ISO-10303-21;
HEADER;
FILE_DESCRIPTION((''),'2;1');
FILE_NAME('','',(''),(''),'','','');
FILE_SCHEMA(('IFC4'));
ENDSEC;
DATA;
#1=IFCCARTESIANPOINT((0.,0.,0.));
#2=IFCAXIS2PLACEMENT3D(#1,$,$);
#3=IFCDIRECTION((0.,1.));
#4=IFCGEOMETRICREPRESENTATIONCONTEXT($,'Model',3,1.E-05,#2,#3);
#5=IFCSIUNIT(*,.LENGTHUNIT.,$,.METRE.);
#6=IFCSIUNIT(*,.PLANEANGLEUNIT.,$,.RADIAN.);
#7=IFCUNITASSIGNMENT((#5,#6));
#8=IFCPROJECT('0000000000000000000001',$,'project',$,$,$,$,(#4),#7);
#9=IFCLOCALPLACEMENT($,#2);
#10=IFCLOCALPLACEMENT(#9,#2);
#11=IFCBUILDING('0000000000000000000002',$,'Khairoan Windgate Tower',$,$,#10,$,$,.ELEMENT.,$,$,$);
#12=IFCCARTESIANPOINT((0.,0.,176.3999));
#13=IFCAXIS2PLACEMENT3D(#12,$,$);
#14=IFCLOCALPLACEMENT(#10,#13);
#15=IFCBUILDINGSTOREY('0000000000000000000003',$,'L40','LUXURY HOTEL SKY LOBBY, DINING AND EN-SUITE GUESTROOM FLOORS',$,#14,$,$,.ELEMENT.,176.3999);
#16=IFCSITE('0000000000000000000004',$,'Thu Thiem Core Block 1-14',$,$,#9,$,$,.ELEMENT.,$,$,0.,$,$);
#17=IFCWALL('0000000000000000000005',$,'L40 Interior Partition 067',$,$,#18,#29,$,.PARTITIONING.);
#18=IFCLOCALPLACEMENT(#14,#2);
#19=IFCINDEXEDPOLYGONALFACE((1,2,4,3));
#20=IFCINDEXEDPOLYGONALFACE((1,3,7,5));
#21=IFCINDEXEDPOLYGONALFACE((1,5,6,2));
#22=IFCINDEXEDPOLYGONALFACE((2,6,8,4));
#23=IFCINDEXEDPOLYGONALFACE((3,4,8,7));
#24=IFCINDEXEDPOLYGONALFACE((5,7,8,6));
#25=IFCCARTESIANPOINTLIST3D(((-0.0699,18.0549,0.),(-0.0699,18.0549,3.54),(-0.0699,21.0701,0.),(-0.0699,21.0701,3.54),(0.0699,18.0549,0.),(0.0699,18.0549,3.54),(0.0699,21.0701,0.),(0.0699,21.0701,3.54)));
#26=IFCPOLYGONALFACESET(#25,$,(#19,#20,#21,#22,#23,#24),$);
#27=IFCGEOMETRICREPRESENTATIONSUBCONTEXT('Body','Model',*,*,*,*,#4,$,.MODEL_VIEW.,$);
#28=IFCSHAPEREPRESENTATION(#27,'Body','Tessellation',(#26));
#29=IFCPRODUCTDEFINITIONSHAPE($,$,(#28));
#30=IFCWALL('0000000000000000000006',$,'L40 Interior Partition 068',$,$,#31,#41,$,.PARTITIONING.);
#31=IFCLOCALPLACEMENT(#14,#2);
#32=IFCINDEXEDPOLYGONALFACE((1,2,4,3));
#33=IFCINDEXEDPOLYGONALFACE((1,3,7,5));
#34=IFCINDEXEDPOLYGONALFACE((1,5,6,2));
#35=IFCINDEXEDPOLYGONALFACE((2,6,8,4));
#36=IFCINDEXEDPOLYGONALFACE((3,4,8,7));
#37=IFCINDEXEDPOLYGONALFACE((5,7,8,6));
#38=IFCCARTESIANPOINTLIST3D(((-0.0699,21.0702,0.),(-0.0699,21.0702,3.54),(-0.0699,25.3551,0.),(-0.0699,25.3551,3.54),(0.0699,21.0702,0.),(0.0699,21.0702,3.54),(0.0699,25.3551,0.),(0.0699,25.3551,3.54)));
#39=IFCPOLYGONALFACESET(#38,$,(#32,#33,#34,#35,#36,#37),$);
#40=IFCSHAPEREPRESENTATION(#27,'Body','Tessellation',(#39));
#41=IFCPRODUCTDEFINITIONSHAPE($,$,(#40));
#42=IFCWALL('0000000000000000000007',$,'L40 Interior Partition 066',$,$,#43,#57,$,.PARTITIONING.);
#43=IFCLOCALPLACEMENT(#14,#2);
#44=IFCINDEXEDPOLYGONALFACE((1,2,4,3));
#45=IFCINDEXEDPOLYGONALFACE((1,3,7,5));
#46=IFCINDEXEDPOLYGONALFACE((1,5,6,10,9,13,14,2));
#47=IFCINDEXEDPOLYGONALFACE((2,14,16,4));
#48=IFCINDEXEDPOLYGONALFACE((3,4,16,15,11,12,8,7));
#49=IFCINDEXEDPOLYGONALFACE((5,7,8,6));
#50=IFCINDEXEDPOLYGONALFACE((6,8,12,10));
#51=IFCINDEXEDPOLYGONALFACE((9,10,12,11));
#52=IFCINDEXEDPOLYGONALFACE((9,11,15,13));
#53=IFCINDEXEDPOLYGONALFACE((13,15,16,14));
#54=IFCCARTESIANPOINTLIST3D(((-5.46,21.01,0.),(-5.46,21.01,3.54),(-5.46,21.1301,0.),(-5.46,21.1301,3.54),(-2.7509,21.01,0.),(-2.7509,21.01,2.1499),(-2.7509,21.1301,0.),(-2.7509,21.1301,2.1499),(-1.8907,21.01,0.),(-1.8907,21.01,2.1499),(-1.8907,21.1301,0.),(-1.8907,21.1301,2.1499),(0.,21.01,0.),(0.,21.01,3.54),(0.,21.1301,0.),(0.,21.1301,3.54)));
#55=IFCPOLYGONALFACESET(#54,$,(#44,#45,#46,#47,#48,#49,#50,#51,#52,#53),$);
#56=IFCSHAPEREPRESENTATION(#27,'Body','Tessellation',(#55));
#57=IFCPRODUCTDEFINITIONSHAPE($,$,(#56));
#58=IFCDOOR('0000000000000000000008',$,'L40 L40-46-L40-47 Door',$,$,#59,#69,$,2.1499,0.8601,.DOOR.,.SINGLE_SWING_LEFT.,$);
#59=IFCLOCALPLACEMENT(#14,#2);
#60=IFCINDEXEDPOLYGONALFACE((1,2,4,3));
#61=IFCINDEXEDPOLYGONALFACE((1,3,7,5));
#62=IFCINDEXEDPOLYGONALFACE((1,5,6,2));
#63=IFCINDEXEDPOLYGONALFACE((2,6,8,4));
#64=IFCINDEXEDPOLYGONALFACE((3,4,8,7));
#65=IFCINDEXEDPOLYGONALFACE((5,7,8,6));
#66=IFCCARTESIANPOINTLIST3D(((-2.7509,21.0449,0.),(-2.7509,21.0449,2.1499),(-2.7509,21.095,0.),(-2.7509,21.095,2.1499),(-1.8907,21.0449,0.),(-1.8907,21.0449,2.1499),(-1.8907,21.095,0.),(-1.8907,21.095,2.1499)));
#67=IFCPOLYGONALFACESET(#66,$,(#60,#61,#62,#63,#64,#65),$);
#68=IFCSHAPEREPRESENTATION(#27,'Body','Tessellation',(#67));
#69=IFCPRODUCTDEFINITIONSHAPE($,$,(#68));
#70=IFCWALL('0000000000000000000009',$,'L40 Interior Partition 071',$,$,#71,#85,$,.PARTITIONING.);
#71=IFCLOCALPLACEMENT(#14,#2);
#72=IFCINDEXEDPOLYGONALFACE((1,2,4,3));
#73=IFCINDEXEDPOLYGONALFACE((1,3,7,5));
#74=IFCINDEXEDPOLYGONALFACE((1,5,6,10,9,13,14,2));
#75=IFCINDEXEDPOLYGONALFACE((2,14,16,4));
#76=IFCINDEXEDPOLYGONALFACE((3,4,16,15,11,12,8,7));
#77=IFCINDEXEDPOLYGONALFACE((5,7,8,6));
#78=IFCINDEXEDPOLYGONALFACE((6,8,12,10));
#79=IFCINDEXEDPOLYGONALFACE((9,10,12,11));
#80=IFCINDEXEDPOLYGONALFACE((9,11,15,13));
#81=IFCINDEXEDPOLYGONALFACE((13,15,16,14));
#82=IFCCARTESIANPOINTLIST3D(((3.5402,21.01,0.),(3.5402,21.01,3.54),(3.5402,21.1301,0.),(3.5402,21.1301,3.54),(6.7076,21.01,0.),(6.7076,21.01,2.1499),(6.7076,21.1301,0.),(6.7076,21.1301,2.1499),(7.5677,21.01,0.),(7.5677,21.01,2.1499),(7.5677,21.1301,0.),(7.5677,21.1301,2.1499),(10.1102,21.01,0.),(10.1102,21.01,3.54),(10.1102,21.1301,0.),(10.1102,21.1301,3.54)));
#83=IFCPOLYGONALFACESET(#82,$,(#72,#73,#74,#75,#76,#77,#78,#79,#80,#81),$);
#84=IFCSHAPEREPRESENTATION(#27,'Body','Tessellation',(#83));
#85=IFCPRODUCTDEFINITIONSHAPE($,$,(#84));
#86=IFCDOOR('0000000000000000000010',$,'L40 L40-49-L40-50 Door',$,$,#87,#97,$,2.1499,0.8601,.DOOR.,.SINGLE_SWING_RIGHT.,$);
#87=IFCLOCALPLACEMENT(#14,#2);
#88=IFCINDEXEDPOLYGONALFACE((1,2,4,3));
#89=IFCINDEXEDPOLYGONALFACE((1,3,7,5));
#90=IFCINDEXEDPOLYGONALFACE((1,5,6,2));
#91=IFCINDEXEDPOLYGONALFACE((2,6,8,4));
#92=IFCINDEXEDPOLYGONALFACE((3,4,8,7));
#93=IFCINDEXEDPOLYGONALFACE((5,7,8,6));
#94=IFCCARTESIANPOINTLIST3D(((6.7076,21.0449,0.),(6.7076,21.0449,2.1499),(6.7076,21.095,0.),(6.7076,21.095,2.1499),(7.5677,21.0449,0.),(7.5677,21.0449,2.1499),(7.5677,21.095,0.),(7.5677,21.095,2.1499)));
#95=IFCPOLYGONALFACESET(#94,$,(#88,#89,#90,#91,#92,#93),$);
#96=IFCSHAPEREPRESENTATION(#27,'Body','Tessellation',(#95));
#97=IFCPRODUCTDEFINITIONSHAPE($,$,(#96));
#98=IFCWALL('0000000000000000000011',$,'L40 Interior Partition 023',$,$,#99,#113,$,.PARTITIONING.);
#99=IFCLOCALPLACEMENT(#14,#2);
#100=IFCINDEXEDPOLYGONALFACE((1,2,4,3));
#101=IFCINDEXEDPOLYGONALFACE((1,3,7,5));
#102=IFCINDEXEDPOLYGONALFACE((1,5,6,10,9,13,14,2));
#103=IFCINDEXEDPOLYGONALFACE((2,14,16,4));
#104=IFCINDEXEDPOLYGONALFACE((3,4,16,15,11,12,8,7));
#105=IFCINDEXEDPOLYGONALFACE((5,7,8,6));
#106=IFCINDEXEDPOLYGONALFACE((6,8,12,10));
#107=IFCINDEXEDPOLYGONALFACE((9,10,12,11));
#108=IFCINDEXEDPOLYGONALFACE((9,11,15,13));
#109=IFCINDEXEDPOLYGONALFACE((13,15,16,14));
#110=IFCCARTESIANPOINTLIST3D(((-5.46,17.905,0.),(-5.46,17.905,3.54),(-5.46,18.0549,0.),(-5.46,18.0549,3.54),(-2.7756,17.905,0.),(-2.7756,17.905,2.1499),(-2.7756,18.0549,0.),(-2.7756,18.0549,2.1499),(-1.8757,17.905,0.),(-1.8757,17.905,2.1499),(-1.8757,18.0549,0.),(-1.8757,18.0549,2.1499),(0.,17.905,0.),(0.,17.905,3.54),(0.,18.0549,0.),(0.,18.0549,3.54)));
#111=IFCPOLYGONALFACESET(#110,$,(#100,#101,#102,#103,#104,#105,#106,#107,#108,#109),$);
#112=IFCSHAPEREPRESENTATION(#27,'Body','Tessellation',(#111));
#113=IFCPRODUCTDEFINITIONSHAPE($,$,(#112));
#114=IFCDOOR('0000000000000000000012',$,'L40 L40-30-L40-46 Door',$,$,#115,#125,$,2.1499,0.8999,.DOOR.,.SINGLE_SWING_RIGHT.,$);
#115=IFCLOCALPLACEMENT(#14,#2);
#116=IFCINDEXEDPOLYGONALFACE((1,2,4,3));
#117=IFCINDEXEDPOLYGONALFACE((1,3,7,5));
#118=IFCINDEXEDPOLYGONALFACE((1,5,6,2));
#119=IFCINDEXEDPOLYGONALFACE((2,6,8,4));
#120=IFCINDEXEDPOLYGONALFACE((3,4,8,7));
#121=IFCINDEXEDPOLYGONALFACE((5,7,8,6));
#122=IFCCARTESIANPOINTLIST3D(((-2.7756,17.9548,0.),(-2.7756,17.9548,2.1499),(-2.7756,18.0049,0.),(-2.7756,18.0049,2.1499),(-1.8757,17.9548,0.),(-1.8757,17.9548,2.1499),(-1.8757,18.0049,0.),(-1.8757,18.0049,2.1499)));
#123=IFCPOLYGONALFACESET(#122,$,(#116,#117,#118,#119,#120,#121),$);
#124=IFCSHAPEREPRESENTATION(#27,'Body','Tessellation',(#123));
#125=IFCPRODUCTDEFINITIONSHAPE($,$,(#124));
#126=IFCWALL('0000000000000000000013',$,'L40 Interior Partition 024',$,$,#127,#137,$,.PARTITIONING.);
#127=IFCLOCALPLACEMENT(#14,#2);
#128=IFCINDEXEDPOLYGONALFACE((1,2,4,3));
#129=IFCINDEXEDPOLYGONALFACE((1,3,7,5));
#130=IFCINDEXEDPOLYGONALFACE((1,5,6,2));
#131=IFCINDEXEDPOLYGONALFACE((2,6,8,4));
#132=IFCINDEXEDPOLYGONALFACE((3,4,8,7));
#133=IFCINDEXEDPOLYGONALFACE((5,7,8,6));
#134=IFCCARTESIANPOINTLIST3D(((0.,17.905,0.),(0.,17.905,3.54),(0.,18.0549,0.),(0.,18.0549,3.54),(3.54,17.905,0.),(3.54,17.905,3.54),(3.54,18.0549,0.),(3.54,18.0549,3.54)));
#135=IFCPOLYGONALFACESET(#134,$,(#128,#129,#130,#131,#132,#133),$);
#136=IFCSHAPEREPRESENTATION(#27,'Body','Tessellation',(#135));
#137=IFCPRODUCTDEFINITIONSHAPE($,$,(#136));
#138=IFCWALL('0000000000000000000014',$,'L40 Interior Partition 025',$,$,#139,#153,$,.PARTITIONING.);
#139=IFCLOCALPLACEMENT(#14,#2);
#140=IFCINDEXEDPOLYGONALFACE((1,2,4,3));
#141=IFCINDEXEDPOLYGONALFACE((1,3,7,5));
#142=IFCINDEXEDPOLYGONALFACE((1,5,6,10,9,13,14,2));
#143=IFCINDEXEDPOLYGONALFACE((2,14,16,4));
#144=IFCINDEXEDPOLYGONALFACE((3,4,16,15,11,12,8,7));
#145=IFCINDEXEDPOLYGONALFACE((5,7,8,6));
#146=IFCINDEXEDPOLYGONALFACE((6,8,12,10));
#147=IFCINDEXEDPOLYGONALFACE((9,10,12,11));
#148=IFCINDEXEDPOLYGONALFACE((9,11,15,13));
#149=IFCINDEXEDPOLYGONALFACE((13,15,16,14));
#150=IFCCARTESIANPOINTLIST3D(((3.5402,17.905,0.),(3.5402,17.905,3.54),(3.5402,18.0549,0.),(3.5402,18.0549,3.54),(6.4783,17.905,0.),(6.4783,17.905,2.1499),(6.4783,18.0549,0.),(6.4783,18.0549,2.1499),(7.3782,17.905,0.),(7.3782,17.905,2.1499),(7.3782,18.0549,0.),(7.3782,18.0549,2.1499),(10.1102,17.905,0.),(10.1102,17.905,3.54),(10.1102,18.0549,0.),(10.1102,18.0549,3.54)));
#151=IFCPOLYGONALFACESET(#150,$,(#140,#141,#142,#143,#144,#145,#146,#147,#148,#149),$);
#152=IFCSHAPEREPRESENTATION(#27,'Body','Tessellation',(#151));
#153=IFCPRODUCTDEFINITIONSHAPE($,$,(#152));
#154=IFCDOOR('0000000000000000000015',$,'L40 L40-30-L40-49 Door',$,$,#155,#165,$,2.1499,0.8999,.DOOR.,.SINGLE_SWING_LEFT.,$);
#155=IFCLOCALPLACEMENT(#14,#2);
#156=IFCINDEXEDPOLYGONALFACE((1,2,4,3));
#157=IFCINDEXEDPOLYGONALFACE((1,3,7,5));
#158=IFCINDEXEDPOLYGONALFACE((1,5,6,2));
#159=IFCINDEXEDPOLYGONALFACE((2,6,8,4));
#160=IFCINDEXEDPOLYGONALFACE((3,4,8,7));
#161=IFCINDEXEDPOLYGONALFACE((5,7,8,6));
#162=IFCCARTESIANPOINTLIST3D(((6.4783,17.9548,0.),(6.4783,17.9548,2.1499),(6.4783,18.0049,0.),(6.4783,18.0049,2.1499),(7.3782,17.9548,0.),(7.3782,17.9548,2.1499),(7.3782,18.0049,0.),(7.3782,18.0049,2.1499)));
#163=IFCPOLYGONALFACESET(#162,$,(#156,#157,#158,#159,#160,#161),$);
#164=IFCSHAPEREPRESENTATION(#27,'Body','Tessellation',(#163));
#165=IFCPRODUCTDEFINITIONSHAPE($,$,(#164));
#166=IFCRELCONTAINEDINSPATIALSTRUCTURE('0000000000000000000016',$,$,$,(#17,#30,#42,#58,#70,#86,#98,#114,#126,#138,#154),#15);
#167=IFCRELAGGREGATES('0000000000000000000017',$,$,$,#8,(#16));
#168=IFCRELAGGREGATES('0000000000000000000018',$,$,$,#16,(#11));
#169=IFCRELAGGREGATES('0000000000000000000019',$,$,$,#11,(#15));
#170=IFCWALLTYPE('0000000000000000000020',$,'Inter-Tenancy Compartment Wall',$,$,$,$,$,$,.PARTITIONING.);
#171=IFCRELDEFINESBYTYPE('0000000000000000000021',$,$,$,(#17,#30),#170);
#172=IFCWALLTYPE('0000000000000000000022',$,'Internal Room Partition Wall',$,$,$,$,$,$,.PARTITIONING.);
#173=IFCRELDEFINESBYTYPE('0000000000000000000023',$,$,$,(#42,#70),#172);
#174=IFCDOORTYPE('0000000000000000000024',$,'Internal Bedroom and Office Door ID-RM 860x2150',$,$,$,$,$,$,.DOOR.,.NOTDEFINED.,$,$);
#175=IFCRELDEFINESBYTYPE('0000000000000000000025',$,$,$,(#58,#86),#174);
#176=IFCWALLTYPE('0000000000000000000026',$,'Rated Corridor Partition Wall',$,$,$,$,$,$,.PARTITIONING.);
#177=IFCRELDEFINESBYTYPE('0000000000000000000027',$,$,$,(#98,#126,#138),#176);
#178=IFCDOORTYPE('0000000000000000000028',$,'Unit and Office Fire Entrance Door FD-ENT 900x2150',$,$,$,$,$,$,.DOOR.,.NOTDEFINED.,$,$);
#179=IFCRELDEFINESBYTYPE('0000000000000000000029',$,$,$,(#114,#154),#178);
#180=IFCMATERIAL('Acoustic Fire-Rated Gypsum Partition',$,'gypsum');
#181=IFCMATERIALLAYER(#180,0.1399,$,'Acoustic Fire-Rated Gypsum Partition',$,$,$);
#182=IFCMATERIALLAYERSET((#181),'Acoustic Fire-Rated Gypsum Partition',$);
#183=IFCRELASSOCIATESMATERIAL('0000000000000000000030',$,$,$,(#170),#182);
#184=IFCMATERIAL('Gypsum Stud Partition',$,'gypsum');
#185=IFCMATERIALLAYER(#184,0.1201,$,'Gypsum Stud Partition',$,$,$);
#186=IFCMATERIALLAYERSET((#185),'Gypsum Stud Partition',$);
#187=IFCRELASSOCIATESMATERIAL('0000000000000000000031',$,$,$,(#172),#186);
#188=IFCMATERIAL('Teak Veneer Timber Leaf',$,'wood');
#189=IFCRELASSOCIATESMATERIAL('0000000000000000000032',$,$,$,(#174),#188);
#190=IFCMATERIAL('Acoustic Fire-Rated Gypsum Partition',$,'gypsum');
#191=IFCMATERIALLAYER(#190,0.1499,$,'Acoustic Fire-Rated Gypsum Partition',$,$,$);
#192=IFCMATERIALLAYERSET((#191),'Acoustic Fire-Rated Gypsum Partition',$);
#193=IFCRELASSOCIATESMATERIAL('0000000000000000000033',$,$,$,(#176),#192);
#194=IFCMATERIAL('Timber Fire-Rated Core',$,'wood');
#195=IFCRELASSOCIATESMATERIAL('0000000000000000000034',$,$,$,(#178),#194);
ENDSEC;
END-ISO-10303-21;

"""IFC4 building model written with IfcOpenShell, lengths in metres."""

from ifc_helpers import new_model, si_unit, direction, frame, frame_2d, origin, place, context, subcontext, project, spatial, rectangle, extrude, material, layer, layer_set, type_object, element, fill, save


model = new_model("IFC4")

# Units and contexts
model_context = context("Model", 3, precision=1e-05, world=origin(), true_north=direction((0.0, 1.0)))
body_context = subcontext(model_context, "Body", "Model", "MODEL_VIEW")
ifc_project = project(units=[si_unit("LENGTHUNIT", "METRE"), si_unit("PLANEANGLEUNIT", "RADIAN")], contexts=[model_context])

# Site, building, storey
site_placement = place(None, origin())
site = spatial("IfcSite", under=ifc_project, at=site_placement, Name="Thu Thiem Core Block 1-14", CompositionType="ELEMENT", RefElevation=0.0)
building_placement = place(site_placement, origin())
building = spatial("IfcBuilding", under=site, at=building_placement, Name="Khairoan Windgate Tower", CompositionType="ELEMENT")
storey_placement = place(building_placement, frame((0.0, 0.0, 176.3999)))
storey = spatial("IfcBuildingStorey", under=building, at=storey_placement, Name="L40", Description="LUXURY HOTEL SKY LOBBY, DINING AND EN-SUITE GUESTROOM FLOORS", CompositionType="ELEMENT", Elevation=176.3999)

# Walls
ifc_material_1 = material(Name="Acoustic Fire-Rated Gypsum Partition", Category="gypsum")
ifc_layer_1 = layer(ifc_material_1, 0.1399, Name="Acoustic Fire-Rated Gypsum Partition")
ifc_layer_set_1 = layer_set([ifc_layer_1], Name="Acoustic Fire-Rated Gypsum Partition")
wall_type_1 = type_object("IfcWallType", Name="Inter-Tenancy Compartment Wall", PredefinedType="PARTITIONING", material=ifc_layer_set_1)
wall_1_placement = place(storey_placement, frame((0.0, 18.0549, 0.0), z_axis=(0.0, 0.0, 1.0), x_axis=(0.0, 1.0, 0.0)))
element("IfcWall", 1, at=wall_1_placement, inside=storey, type_object=wall_type_1, Name="L40 Interior Partition 067", PredefinedType="PARTITIONING", context=body_context, shape_type="SweptSolid", body=[
    extrude(rectangle(XDim=3.0151, YDim=0.1399, at=frame_2d((1.5076, 0.0))), origin(), (0.0, 0.0, 1.0), 3.54),
])
wall_2_placement = place(storey_placement, frame((0.0, 21.0701, 0.0), z_axis=(0.0, 0.0, 1.0), x_axis=(0.0, 1.0, 0.0)))
element("IfcWall", 2, at=wall_2_placement, inside=storey, type_object=wall_type_1, Name="L40 Interior Partition 068", PredefinedType="PARTITIONING", context=body_context, shape_type="SweptSolid", body=[
    extrude(rectangle(XDim=4.2849, YDim=0.1399, at=frame_2d((2.1426, 0.0))), origin(), (0.0, 0.0, 1.0), 3.54),
])

# Walls, openings, doors
ifc_material_2 = material(Name="Gypsum Stud Partition", Category="gypsum")
ifc_layer_2 = layer(ifc_material_2, 0.1201, Name="Gypsum Stud Partition")
ifc_layer_set_2 = layer_set([ifc_layer_2], Name="Gypsum Stud Partition")
wall_type_2 = type_object("IfcWallType", Name="Internal Room Partition Wall", PredefinedType="PARTITIONING", material=ifc_layer_set_2)
wall_3_placement = place(storey_placement, frame((-5.46, 21.0701, 0.0), z_axis=(0.0, 0.0, 1.0), x_axis=(1.0, 0.0, 0.0)))
wall_3 = element("IfcWall", 3, at=wall_3_placement, inside=storey, type_object=wall_type_2, Name="L40 Interior Partition 066", PredefinedType="PARTITIONING", context=body_context, shape_type="SweptSolid", body=[
    extrude(rectangle(XDim=5.46, YDim=0.1201, at=frame_2d((2.73, 0.0))), origin(), (0.0, 0.0, 1.0), 3.54),
])
opening_1_placement = place(wall_3_placement, frame((2.709, 0.0, 0.0)))
opening_1 = element("IfcOpeningElement", 4, at=opening_1_placement, cuts=wall_3, PredefinedType="OPENING", context=body_context, shape_type="SweptSolid", body=[
    extrude(rectangle(XDim=0.8601, YDim=2.1499, at=frame_2d((0.4302, 1.075))), frame((0.0, 0.0701, 0.0), z_axis=(0.0, -1.0, 0.0), x_axis=(1.0, 0.0, 0.0)), (0.0, 0.0, 1.0), 0.1401),
])
ifc_material_3 = material(Name="Teak Veneer Timber Leaf", Category="wood")
door_type_1 = type_object("IfcDoorType", Name="Internal Bedroom and Office Door ID-RM 860x2150", OperationType="NOTDEFINED", PredefinedType="DOOR", material=ifc_material_3)
door_1_placement = place(opening_1_placement, origin())
door_1 = element("IfcDoor", 5, at=door_1_placement, inside=storey, type_object=door_type_1, Name="L40 L40-46-L40-47 Door", OperationType="SINGLE_SWING_LEFT", OverallHeight=2.1499, OverallWidth=0.8601, PredefinedType="DOOR", context=body_context, shape_type="SweptSolid", body=[
    extrude(rectangle(XDim=0.8601, YDim=2.1499, at=frame_2d((0.4302, 1.075))), frame((0.0, 0.0249, 0.0), z_axis=(0.0, -1.0, 0.0), x_axis=(1.0, 0.0, 0.0)), (0.0, 0.0, 1.0), 0.05),
])
fill(opening_1, door_1)
wall_4_placement = place(storey_placement, frame((3.54, 21.0701, 0.0), z_axis=(0.0, 0.0, 1.0), x_axis=(1.0, 0.0, 0.0)))
wall_4 = element("IfcWall", 6, at=wall_4_placement, inside=storey, type_object=wall_type_2, Name="L40 Interior Partition 071", PredefinedType="PARTITIONING", context=body_context, shape_type="SweptSolid", body=[
    extrude(rectangle(XDim=6.5701, YDim=0.1201, at=frame_2d((3.2852, 0.0))), origin(), (0.0, 0.0, 1.0), 3.54),
])
opening_2_placement = place(wall_4_placement, frame((3.1675, 0.0, 0.0)))
opening_2 = element("IfcOpeningElement", 7, at=opening_2_placement, cuts=wall_4, PredefinedType="OPENING", context=body_context, shape_type="SweptSolid", body=[
    extrude(rectangle(XDim=0.8601, YDim=2.1499, at=frame_2d((0.4302, 1.075))), frame((0.0, 0.0701, 0.0), z_axis=(0.0, -1.0, 0.0), x_axis=(1.0, 0.0, 0.0)), (0.0, 0.0, 1.0), 0.1401),
])
door_2_placement = place(opening_2_placement, origin())
door_2 = element("IfcDoor", 8, at=door_2_placement, inside=storey, type_object=door_type_1, Name="L40 L40-49-L40-50 Door", OperationType="SINGLE_SWING_RIGHT", OverallHeight=2.1499, OverallWidth=0.8601, PredefinedType="DOOR", context=body_context, shape_type="SweptSolid", body=[
    extrude(rectangle(XDim=0.8601, YDim=2.1499, at=frame_2d((0.4302, 1.075))), frame((0.0, 0.0249, 0.0), z_axis=(0.0, -1.0, 0.0), x_axis=(1.0, 0.0, 0.0)), (0.0, 0.0, 1.0), 0.05),
])
fill(opening_2, door_2)
ifc_material_4 = material(Name="Acoustic Fire-Rated Gypsum Partition", Category="gypsum")
ifc_layer_3 = layer(ifc_material_4, 0.1499, Name="Acoustic Fire-Rated Gypsum Partition")
ifc_layer_set_3 = layer_set([ifc_layer_3], Name="Acoustic Fire-Rated Gypsum Partition")
wall_type_3 = type_object("IfcWallType", Name="Rated Corridor Partition Wall", PredefinedType="PARTITIONING", material=ifc_layer_set_3)
wall_5_placement = place(storey_placement, frame((-5.46, 17.98, 0.0), z_axis=(0.0, 0.0, 1.0), x_axis=(1.0, 0.0, 0.0)))
wall_5 = element("IfcWall", 9, at=wall_5_placement, inside=storey, type_object=wall_type_3, Name="L40 Interior Partition 023", PredefinedType="PARTITIONING", context=body_context, shape_type="SweptSolid", body=[
    extrude(rectangle(XDim=5.46, YDim=0.1499, at=frame_2d((2.73, 0.0))), origin(), (0.0, 0.0, 1.0), 3.54),
])
opening_3_placement = place(wall_5_placement, frame((2.6843, 0.0, 0.0)))
opening_3 = element("IfcOpeningElement", 10, at=opening_3_placement, cuts=wall_5, PredefinedType="OPENING", context=body_context, shape_type="SweptSolid", body=[
    extrude(rectangle(XDim=0.8999, YDim=2.1499, at=frame_2d((0.45, 1.075))), frame((0.0, 0.085, 0.0), z_axis=(0.0, -1.0, 0.0), x_axis=(1.0, 0.0, 0.0)), (0.0, 0.0, 1.0), 0.1699),
])
ifc_material_5 = material(Name="Timber Fire-Rated Core", Category="wood")
door_type_2 = type_object("IfcDoorType", Name="Unit and Office Fire Entrance Door FD-ENT 900x2150", OperationType="NOTDEFINED", PredefinedType="DOOR", material=ifc_material_5)
door_3_placement = place(opening_3_placement, origin())
door_3 = element("IfcDoor", 11, at=door_3_placement, inside=storey, type_object=door_type_2, Name="L40 L40-30-L40-46 Door", OperationType="SINGLE_SWING_RIGHT", OverallHeight=2.1499, OverallWidth=0.8999, PredefinedType="DOOR", context=body_context, shape_type="SweptSolid", body=[
    extrude(rectangle(XDim=0.8999, YDim=2.1499, at=frame_2d((0.45, 1.075))), frame((0.0, 0.0249, 0.0), z_axis=(0.0, -1.0, 0.0), x_axis=(1.0, 0.0, 0.0)), (0.0, 0.0, 1.0), 0.05),
])
fill(opening_3, door_3)

# Wall
wall_6_placement = place(storey_placement, frame((0.0, 17.98, 0.0), z_axis=(0.0, 0.0, 1.0), x_axis=(1.0, 0.0, 0.0)))
element("IfcWall", 12, at=wall_6_placement, inside=storey, type_object=wall_type_3, Name="L40 Interior Partition 024", PredefinedType="PARTITIONING", context=body_context, shape_type="SweptSolid", body=[
    extrude(rectangle(XDim=3.54, YDim=0.1499, at=frame_2d((1.77, 0.0))), origin(), (0.0, 0.0, 1.0), 3.54),
])

# Wall, opening, door
wall_7_placement = place(storey_placement, frame((3.54, 17.98, 0.0), z_axis=(0.0, 0.0, 1.0), x_axis=(1.0, 0.0, 0.0)))
wall_7 = element("IfcWall", 13, at=wall_7_placement, inside=storey, type_object=wall_type_3, Name="L40 Interior Partition 025", PredefinedType="PARTITIONING", context=body_context, shape_type="SweptSolid", body=[
    extrude(rectangle(XDim=6.5701, YDim=0.1499, at=frame_2d((3.2852, 0.0))), origin(), (0.0, 0.0, 1.0), 3.54),
])
opening_4_placement = place(wall_7_placement, frame((2.9382, 0.0, 0.0)))
opening_4 = element("IfcOpeningElement", 14, at=opening_4_placement, cuts=wall_7, PredefinedType="OPENING", context=body_context, shape_type="SweptSolid", body=[
    extrude(rectangle(XDim=0.8999, YDim=2.1499, at=frame_2d((0.45, 1.075))), frame((0.0, 0.085, 0.0), z_axis=(0.0, -1.0, 0.0), x_axis=(1.0, 0.0, 0.0)), (0.0, 0.0, 1.0), 0.1699),
])
door_4_placement = place(opening_4_placement, origin())
door_4 = element("IfcDoor", 15, at=door_4_placement, inside=storey, type_object=door_type_2, Name="L40 L40-30-L40-49 Door", OperationType="SINGLE_SWING_LEFT", OverallHeight=2.1499, OverallWidth=0.8999, PredefinedType="DOOR", context=body_context, shape_type="SweptSolid", body=[
    extrude(rectangle(XDim=0.8999, YDim=2.1499, at=frame_2d((0.45, 1.075))), frame((0.0, 0.0249, 0.0), z_axis=(0.0, -1.0, 0.0), x_axis=(1.0, 0.0, 0.0)), (0.0, 0.0, 1.0), 0.05),
])
fill(opening_4, door_4)

save(model, "model.ifc")
